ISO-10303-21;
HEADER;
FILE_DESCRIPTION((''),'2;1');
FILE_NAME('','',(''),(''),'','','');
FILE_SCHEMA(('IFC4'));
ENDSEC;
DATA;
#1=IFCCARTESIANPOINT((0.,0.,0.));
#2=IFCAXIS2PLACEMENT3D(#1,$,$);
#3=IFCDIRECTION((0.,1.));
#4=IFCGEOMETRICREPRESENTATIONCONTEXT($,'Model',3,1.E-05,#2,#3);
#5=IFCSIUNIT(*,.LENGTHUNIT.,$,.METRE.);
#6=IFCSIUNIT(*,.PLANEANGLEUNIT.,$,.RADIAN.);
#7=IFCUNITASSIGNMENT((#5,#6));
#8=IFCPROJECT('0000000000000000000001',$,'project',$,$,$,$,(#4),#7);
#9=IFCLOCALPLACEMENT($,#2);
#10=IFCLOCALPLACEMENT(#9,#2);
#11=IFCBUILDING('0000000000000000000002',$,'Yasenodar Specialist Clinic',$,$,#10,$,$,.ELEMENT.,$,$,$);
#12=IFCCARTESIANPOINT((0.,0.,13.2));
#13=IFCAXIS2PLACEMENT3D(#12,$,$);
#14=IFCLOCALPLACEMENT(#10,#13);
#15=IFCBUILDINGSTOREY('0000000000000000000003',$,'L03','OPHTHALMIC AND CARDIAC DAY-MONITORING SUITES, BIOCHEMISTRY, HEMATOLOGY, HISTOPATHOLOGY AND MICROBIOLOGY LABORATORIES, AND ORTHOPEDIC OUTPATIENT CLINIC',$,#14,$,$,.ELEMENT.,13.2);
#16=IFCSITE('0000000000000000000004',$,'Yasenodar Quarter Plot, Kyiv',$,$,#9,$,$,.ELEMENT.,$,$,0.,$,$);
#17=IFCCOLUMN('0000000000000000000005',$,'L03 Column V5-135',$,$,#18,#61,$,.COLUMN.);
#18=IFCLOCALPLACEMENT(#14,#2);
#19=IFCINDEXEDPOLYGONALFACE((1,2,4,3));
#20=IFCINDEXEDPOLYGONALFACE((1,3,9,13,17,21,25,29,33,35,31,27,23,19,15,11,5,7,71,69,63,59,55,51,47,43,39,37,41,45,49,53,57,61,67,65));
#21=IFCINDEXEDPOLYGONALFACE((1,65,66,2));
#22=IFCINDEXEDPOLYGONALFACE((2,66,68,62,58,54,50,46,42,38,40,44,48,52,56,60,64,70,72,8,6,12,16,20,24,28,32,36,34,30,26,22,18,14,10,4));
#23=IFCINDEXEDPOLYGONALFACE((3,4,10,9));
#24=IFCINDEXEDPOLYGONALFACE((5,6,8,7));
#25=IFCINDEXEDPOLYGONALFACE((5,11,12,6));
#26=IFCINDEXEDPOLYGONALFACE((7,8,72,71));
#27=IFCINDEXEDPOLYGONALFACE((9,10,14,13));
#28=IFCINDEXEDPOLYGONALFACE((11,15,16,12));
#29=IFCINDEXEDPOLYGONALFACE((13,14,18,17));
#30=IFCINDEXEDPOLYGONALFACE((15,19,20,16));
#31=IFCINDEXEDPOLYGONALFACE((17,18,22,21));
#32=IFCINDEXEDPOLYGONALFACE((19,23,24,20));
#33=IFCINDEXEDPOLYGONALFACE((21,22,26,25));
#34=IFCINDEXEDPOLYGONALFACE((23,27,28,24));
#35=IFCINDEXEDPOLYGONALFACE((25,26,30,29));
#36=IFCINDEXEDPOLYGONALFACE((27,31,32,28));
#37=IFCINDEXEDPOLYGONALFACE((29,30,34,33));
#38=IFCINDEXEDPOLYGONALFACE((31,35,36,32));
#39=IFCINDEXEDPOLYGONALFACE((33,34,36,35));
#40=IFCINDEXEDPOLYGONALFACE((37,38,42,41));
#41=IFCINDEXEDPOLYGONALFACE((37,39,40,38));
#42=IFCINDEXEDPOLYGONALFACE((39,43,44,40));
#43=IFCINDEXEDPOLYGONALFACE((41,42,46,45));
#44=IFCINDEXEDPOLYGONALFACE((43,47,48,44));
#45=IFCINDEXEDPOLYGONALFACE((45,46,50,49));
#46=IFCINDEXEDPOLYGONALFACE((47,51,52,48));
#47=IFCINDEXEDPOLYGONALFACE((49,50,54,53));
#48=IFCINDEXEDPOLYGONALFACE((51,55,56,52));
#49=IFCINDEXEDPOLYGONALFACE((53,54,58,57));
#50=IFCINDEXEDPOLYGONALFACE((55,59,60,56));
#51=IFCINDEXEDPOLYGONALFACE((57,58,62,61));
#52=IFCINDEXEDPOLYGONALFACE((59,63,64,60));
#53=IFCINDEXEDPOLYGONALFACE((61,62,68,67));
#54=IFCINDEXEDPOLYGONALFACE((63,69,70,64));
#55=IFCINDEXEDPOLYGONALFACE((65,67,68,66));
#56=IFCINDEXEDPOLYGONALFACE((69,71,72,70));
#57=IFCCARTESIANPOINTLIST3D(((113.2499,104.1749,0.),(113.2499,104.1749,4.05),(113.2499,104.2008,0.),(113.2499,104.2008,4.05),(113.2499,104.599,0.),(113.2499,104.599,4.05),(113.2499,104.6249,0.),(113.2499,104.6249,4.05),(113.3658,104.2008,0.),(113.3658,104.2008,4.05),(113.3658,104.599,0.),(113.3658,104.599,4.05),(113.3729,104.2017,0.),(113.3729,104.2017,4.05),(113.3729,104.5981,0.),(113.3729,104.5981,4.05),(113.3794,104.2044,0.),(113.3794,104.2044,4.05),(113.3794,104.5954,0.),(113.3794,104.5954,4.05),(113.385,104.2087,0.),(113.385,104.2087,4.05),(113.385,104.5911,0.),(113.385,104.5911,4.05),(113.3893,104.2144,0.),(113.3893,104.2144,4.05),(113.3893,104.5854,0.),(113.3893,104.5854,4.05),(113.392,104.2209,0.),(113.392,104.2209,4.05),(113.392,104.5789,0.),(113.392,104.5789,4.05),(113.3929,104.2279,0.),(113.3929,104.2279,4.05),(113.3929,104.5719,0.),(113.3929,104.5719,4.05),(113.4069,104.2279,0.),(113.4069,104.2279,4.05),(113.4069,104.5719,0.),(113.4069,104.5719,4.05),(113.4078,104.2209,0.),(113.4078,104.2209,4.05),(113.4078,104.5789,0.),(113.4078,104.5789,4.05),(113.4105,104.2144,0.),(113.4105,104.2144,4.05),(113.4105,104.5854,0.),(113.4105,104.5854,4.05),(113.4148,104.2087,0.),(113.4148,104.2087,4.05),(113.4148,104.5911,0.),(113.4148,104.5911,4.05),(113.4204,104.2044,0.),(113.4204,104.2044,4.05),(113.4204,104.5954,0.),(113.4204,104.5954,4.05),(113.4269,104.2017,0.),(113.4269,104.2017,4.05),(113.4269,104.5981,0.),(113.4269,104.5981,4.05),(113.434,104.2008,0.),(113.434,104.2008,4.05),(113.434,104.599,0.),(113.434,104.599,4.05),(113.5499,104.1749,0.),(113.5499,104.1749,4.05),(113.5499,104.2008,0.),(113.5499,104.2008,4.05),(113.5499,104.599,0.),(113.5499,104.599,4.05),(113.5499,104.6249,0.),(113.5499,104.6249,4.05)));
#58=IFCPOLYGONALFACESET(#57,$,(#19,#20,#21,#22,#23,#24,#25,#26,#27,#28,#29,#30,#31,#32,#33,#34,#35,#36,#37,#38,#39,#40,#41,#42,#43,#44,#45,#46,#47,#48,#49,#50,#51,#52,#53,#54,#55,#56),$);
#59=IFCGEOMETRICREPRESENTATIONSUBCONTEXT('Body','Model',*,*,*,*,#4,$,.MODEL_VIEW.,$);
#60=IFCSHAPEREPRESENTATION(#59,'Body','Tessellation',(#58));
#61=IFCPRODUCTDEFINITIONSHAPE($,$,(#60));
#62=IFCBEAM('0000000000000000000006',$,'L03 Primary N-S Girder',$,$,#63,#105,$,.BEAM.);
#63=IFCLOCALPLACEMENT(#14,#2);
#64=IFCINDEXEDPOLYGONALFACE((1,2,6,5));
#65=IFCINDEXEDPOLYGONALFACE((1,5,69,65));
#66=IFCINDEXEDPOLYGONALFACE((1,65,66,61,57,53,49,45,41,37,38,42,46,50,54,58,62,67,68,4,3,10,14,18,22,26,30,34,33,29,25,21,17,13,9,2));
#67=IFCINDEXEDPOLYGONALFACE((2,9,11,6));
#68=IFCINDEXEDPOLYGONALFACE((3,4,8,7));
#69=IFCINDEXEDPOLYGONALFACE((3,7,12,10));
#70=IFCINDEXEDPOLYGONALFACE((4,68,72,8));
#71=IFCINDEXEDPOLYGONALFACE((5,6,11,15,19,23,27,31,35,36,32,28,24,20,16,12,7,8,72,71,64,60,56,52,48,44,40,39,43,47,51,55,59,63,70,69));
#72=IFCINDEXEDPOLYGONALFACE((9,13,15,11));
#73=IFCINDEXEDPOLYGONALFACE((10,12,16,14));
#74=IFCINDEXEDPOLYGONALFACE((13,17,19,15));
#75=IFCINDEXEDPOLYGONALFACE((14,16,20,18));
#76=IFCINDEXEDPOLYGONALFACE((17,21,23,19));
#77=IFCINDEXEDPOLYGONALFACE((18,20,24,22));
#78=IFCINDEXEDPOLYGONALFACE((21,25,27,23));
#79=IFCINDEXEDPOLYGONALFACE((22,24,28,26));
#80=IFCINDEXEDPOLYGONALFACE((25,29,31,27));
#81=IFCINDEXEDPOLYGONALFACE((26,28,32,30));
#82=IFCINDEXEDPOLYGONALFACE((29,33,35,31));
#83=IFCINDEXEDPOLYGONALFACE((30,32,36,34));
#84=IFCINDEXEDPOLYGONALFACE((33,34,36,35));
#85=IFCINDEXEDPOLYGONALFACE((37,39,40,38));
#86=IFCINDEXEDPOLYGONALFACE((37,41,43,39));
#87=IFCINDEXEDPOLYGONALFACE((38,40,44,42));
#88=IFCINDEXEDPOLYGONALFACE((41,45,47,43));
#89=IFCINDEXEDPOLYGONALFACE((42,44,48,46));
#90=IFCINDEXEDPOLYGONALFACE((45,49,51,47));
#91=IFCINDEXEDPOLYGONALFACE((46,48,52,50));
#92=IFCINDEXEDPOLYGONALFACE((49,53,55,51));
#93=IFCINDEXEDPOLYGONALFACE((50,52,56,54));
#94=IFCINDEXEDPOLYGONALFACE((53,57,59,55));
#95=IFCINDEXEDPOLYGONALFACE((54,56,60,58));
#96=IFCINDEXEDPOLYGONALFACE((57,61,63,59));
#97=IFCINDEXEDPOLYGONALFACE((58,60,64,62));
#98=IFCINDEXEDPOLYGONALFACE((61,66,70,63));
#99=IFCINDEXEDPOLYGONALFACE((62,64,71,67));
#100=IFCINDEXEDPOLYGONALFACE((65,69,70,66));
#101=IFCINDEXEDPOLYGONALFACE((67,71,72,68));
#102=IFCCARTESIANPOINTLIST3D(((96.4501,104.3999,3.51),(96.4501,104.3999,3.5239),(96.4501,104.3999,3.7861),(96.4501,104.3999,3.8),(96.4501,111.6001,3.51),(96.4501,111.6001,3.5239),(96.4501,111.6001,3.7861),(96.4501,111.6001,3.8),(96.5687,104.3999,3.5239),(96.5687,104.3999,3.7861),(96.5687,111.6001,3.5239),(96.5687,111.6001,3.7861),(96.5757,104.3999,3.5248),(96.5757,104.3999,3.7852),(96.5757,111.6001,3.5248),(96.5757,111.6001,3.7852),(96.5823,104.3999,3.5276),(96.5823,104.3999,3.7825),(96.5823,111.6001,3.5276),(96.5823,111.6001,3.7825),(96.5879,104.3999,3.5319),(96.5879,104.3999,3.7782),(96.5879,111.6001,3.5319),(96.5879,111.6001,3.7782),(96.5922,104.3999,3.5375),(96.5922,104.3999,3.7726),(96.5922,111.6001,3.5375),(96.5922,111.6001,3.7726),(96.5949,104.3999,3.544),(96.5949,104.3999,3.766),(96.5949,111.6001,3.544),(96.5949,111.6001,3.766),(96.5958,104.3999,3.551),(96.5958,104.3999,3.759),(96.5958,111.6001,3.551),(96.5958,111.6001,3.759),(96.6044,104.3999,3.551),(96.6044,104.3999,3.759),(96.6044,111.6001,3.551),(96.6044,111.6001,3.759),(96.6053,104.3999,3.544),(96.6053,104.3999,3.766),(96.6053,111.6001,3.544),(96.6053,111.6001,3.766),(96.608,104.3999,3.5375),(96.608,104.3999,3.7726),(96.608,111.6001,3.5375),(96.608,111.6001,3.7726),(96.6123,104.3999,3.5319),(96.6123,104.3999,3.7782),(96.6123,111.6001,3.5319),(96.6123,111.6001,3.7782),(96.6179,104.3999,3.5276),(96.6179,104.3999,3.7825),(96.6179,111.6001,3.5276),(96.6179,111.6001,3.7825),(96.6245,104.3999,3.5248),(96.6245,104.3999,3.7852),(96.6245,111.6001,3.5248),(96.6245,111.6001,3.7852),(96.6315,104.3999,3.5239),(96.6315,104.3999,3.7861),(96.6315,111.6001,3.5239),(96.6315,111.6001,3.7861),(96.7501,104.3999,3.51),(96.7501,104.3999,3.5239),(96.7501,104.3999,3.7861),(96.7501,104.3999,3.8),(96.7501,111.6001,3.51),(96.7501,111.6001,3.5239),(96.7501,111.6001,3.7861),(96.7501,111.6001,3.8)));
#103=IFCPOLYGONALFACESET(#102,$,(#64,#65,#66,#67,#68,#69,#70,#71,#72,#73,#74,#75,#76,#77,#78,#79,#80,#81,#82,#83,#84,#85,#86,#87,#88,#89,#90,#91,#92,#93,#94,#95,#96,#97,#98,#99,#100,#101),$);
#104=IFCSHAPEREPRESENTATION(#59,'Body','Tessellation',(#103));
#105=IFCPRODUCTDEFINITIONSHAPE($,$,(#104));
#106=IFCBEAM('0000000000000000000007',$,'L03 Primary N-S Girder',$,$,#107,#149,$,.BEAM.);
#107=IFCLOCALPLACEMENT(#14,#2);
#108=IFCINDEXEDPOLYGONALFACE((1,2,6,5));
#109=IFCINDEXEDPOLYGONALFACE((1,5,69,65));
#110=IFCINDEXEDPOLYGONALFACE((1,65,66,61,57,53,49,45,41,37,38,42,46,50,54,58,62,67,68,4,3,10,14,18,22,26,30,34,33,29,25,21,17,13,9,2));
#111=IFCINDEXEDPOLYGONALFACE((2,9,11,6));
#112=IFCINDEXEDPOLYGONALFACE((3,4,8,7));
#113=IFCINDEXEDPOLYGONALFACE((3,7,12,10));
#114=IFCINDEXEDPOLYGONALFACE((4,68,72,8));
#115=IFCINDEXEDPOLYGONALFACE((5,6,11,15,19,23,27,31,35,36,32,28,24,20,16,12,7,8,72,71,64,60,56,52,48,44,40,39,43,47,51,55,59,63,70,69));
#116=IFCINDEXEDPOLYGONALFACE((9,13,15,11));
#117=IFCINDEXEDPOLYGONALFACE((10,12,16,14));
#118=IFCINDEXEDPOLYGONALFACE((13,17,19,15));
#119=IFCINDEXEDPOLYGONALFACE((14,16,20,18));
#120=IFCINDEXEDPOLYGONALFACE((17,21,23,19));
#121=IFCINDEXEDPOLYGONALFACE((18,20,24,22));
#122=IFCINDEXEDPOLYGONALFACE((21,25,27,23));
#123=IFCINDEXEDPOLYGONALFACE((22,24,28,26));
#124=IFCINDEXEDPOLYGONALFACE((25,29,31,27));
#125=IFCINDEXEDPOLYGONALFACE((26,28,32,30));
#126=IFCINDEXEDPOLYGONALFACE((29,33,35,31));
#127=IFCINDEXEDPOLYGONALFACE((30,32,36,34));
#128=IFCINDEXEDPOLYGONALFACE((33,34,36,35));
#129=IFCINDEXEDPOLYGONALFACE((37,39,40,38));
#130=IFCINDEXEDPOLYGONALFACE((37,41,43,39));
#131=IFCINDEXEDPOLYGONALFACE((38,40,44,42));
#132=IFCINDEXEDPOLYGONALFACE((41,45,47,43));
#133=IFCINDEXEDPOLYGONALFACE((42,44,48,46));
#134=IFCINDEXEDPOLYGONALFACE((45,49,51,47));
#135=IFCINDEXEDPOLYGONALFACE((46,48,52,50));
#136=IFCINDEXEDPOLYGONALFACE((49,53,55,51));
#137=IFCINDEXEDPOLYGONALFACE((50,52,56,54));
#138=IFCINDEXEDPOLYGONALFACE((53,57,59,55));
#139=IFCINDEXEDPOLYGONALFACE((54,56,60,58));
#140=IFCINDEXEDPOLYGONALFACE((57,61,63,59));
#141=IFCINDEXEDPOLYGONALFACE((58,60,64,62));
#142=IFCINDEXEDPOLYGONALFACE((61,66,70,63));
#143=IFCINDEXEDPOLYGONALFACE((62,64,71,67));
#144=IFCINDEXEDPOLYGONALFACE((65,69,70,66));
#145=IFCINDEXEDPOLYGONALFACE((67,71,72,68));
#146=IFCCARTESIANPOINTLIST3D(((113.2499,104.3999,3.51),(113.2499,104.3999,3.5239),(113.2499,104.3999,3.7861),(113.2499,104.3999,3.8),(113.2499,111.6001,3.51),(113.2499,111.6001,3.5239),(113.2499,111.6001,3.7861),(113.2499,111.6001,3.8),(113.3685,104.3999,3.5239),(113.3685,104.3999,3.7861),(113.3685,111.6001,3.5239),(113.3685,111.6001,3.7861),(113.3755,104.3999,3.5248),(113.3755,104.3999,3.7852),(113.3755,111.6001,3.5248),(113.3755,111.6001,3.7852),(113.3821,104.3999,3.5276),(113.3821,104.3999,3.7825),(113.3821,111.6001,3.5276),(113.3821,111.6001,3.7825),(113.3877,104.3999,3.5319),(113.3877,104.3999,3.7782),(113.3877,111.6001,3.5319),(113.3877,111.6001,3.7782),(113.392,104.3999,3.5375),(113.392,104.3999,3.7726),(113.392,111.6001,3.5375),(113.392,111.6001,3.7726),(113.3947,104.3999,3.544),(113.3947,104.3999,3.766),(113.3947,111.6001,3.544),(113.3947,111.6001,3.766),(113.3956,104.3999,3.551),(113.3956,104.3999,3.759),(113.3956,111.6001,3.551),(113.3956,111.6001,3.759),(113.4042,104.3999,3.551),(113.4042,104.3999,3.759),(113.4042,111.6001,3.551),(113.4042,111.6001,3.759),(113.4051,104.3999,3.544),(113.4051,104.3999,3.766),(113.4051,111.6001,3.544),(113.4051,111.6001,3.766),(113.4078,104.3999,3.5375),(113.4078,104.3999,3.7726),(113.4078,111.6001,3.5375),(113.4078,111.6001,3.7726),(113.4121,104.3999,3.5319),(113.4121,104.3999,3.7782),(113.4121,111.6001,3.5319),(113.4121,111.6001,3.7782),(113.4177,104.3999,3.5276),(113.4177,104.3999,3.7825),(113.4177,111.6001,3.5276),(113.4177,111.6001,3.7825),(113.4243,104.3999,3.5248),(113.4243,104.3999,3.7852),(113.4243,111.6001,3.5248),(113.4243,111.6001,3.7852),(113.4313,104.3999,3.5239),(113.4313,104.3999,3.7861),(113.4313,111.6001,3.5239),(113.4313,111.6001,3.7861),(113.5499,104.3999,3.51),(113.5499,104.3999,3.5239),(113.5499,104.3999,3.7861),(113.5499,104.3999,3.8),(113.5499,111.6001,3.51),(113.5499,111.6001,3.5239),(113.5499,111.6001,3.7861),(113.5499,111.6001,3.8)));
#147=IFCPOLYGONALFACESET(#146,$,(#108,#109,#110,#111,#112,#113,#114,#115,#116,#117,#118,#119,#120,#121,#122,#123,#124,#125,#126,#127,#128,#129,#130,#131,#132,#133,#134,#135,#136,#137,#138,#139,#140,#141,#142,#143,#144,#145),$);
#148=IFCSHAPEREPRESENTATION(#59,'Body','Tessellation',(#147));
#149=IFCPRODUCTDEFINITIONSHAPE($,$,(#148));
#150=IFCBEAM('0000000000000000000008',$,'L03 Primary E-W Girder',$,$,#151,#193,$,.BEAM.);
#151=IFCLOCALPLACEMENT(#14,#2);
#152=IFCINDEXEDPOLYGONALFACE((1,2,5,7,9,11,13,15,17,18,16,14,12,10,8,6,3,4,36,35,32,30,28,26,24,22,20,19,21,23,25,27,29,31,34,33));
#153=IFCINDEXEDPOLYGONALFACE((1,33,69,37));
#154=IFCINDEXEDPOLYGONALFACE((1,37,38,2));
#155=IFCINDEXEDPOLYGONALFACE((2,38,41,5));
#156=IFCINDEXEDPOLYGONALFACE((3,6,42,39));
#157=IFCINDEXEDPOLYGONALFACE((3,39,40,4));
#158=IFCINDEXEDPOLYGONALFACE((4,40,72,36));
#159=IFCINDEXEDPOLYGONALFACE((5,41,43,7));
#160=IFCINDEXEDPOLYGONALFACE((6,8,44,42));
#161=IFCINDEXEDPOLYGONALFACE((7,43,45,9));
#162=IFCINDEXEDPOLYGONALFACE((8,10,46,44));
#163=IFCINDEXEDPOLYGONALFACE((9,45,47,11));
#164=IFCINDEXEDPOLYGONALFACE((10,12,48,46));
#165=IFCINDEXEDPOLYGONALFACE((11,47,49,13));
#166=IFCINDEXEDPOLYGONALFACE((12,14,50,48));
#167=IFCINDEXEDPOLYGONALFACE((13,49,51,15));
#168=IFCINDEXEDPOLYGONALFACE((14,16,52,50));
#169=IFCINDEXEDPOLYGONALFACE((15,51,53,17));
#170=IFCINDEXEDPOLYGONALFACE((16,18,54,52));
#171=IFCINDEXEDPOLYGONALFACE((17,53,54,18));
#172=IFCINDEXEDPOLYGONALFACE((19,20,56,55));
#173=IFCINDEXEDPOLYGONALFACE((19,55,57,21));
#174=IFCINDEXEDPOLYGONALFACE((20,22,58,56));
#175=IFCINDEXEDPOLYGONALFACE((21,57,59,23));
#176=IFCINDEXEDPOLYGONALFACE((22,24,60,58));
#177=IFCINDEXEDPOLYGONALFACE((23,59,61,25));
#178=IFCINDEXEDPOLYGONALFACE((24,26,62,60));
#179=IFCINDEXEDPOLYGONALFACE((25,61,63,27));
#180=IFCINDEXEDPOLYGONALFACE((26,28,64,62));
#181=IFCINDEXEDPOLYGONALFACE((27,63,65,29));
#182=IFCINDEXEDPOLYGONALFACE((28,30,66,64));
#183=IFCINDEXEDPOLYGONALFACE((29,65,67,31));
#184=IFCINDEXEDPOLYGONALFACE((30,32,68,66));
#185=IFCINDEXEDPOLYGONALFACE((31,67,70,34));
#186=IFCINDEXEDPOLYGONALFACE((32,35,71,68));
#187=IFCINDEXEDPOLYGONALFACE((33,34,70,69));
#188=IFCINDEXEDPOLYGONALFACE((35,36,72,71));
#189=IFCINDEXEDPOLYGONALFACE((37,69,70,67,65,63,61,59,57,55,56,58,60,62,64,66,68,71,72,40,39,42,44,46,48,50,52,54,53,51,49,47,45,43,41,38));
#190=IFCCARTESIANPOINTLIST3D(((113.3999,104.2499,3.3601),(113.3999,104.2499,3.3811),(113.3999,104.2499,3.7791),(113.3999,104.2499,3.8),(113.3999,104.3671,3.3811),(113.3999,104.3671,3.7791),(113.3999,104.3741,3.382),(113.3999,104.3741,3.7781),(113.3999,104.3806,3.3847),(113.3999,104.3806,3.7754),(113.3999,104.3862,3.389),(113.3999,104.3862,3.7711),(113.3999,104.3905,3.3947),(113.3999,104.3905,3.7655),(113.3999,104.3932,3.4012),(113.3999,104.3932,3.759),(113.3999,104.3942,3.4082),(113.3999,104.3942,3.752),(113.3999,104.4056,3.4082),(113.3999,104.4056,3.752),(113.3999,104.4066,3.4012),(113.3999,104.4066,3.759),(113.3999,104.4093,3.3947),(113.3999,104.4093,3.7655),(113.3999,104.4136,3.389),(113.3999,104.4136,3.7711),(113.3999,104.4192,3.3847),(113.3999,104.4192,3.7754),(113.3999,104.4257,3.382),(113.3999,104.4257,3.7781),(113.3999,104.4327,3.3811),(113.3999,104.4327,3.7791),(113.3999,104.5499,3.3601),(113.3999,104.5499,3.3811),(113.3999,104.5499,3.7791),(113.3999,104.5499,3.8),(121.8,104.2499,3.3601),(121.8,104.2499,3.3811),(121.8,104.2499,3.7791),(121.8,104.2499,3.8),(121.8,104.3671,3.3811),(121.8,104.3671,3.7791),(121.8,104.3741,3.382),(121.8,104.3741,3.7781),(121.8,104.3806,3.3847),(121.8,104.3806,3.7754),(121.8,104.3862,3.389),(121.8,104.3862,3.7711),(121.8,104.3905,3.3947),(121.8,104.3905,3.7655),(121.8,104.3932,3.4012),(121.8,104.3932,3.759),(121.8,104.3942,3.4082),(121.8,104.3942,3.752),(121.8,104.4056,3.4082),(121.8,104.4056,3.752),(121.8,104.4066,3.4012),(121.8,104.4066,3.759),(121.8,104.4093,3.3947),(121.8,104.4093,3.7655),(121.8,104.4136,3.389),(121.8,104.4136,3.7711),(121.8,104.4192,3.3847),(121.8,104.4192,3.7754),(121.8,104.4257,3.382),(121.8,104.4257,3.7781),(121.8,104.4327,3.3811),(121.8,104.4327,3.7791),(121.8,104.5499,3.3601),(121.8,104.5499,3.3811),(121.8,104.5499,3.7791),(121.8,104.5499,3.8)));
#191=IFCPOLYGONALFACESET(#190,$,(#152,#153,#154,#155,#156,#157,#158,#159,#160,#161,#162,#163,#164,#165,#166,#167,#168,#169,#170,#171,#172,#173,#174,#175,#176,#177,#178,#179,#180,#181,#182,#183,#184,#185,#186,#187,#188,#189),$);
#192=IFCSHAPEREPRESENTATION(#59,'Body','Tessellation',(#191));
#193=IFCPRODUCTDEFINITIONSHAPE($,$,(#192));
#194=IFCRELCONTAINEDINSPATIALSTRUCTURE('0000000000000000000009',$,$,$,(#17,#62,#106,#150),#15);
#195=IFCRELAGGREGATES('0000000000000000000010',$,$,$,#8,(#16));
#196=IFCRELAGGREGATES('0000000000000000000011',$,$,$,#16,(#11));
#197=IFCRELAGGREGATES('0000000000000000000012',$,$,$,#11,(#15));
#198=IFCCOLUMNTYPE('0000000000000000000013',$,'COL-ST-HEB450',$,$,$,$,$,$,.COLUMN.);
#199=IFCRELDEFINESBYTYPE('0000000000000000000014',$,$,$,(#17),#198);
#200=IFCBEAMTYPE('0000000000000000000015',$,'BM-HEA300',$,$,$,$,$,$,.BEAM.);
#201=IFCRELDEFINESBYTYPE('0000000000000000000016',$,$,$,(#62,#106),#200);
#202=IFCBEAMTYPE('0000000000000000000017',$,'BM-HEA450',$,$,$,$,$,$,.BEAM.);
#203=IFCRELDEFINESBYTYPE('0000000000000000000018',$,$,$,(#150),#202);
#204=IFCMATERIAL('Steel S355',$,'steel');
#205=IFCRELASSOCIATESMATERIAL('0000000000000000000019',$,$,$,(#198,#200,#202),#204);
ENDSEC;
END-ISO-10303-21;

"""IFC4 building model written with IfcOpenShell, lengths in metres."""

from ifc_helpers import new_model, si_unit, direction, frame, origin, origin_2d, place, context, subcontext, project, spatial, i_section, extrude, material, material_profile, profile_set, type_object, element, save


model = new_model("IFC4")

# Units and contexts
model_context = context("Model", 3, precision=1e-05, world=origin(), true_north=direction((0.0, 1.0)))
body_context = subcontext(model_context, "Body", "Model", "MODEL_VIEW")
ifc_project = project(units=[si_unit("LENGTHUNIT", "METRE"), si_unit("PLANEANGLEUNIT", "RADIAN")], contexts=[model_context])

# Site, building, storey
site_placement = place(None, origin())
site = spatial("IfcSite", under=ifc_project, at=site_placement, Name="Yasenodar Quarter Plot, Kyiv", CompositionType="ELEMENT", RefElevation=0.0)
building_placement = place(site_placement, origin())
building = spatial("IfcBuilding", under=site, at=building_placement, Name="Yasenodar Specialist Clinic", CompositionType="ELEMENT")
storey_placement = place(building_placement, frame((0.0, 0.0, 13.2)))
storey = spatial("IfcBuildingStorey", under=building, at=storey_placement, Name="L03", Description="OPHTHALMIC AND CARDIAC DAY-MONITORING SUITES, BIOCHEMISTRY, HEMATOLOGY, HISTOPATHOLOGY AND MICROBIOLOGY LABORATORIES, AND ORTHOPEDIC OUTPATIENT CLINIC", CompositionType="ELEMENT", Elevation=13.2)

# Column
ifc_material_1 = material(Name="Steel S355", Category="steel")
ifc_material_profile_1 = material_profile(ifc_material_1, i_section(OverallWidth=0.3, OverallDepth=0.45, WebThickness=0.0139, FlangeThickness=0.0259, FilletRadius=0.0271, at=origin_2d()), Name="HEB 450")
ifc_profile_set_1 = profile_set([ifc_material_profile_1], Name="Steel S355")
column_type_1 = type_object("IfcColumnType", Name="COL-ST-HEB450", PredefinedType="COLUMN", material=ifc_profile_set_1)
for number, where, z_axis, x_axis, name in (
    (1, (113.3999, 104.3999, 0.0), (0.0, 0.0, 1.0), (1.0, 0.0, 0.0), "L03 Column V5-135"),
):
    element("IfcColumn", number, at=place(storey_placement, frame(where, z_axis=z_axis, x_axis=x_axis)), inside=storey, type_object=column_type_1, Name=name, PredefinedType="COLUMN", context=body_context, shape_type="SweptSolid", body=[
        extrude(i_section(OverallWidth=0.3, OverallDepth=0.45, WebThickness=0.0139, FlangeThickness=0.0259, FilletRadius=0.0271, at=origin_2d()), origin(), (0.0, 0.0, 1.0), 4.05),
    ])

# Beams
ifc_material_profile_2 = material_profile(ifc_material_1, i_section(OverallWidth=0.3, OverallDepth=0.29, WebThickness=0.0085, FlangeThickness=0.0139, FilletRadius=0.0271, at=origin_2d()), Name="HEA 300")
ifc_profile_set_2 = profile_set([ifc_material_profile_2], Name="Steel S355")
beam_type_1 = type_object("IfcBeamType", Name="BM-HEA300", PredefinedType="BEAM", material=ifc_profile_set_2)
for number, where, z_axis, x_axis, name in (
    (2, (96.6001, 104.3999, 3.655), (0.0, 1.0, 0.0), (-1.0, 0.0, 0.0), "L03 Primary N-S Girder"),
    (3, (113.3999, 104.3999, 3.655), (0.0, 1.0, 0.0), (-1.0, 0.0, 0.0), "L03 Primary N-S Girder"),
):
    element("IfcBeam", number, at=place(storey_placement, frame(where, z_axis=z_axis, x_axis=x_axis)), inside=storey, type_object=beam_type_1, Name=name, PredefinedType="BEAM", context=body_context, shape_type="SweptSolid", body=[
        extrude(i_section(OverallWidth=0.3, OverallDepth=0.29, WebThickness=0.0085, FlangeThickness=0.0139, FilletRadius=0.0271, at=origin_2d()), origin(), (0.0, 0.0, 1.0), 7.2002),
    ])
ifc_material_profile_3 = material_profile(ifc_material_1, i_section(OverallWidth=0.3, OverallDepth=0.4399, WebThickness=0.0115, FlangeThickness=0.021, FilletRadius=0.0271, at=origin_2d()), Name="HEA 450")
ifc_profile_set_3 = profile_set([ifc_material_profile_3], Name="Steel S355")
beam_type_2 = type_object("IfcBeamType", Name="BM-HEA450", PredefinedType="BEAM", material=ifc_profile_set_3)
beam_1_placement = place(storey_placement, frame((113.3999, 104.3999, 3.5801), z_axis=(1.0, 0.0, 0.0), x_axis=(0.0, 1.0, 0.0)))
element("IfcBeam", 4, at=beam_1_placement, inside=storey, type_object=beam_type_2, Name="L03 Primary E-W Girder", PredefinedType="BEAM", context=body_context, shape_type="SweptSolid", body=[
    extrude(i_section(OverallWidth=0.3, OverallDepth=0.4399, WebThickness=0.0115, FlangeThickness=0.021, FilletRadius=0.0271, at=origin_2d()), origin(), (0.0, 0.0, 1.0), 8.4001),
])

save(model, "model.ifc")
